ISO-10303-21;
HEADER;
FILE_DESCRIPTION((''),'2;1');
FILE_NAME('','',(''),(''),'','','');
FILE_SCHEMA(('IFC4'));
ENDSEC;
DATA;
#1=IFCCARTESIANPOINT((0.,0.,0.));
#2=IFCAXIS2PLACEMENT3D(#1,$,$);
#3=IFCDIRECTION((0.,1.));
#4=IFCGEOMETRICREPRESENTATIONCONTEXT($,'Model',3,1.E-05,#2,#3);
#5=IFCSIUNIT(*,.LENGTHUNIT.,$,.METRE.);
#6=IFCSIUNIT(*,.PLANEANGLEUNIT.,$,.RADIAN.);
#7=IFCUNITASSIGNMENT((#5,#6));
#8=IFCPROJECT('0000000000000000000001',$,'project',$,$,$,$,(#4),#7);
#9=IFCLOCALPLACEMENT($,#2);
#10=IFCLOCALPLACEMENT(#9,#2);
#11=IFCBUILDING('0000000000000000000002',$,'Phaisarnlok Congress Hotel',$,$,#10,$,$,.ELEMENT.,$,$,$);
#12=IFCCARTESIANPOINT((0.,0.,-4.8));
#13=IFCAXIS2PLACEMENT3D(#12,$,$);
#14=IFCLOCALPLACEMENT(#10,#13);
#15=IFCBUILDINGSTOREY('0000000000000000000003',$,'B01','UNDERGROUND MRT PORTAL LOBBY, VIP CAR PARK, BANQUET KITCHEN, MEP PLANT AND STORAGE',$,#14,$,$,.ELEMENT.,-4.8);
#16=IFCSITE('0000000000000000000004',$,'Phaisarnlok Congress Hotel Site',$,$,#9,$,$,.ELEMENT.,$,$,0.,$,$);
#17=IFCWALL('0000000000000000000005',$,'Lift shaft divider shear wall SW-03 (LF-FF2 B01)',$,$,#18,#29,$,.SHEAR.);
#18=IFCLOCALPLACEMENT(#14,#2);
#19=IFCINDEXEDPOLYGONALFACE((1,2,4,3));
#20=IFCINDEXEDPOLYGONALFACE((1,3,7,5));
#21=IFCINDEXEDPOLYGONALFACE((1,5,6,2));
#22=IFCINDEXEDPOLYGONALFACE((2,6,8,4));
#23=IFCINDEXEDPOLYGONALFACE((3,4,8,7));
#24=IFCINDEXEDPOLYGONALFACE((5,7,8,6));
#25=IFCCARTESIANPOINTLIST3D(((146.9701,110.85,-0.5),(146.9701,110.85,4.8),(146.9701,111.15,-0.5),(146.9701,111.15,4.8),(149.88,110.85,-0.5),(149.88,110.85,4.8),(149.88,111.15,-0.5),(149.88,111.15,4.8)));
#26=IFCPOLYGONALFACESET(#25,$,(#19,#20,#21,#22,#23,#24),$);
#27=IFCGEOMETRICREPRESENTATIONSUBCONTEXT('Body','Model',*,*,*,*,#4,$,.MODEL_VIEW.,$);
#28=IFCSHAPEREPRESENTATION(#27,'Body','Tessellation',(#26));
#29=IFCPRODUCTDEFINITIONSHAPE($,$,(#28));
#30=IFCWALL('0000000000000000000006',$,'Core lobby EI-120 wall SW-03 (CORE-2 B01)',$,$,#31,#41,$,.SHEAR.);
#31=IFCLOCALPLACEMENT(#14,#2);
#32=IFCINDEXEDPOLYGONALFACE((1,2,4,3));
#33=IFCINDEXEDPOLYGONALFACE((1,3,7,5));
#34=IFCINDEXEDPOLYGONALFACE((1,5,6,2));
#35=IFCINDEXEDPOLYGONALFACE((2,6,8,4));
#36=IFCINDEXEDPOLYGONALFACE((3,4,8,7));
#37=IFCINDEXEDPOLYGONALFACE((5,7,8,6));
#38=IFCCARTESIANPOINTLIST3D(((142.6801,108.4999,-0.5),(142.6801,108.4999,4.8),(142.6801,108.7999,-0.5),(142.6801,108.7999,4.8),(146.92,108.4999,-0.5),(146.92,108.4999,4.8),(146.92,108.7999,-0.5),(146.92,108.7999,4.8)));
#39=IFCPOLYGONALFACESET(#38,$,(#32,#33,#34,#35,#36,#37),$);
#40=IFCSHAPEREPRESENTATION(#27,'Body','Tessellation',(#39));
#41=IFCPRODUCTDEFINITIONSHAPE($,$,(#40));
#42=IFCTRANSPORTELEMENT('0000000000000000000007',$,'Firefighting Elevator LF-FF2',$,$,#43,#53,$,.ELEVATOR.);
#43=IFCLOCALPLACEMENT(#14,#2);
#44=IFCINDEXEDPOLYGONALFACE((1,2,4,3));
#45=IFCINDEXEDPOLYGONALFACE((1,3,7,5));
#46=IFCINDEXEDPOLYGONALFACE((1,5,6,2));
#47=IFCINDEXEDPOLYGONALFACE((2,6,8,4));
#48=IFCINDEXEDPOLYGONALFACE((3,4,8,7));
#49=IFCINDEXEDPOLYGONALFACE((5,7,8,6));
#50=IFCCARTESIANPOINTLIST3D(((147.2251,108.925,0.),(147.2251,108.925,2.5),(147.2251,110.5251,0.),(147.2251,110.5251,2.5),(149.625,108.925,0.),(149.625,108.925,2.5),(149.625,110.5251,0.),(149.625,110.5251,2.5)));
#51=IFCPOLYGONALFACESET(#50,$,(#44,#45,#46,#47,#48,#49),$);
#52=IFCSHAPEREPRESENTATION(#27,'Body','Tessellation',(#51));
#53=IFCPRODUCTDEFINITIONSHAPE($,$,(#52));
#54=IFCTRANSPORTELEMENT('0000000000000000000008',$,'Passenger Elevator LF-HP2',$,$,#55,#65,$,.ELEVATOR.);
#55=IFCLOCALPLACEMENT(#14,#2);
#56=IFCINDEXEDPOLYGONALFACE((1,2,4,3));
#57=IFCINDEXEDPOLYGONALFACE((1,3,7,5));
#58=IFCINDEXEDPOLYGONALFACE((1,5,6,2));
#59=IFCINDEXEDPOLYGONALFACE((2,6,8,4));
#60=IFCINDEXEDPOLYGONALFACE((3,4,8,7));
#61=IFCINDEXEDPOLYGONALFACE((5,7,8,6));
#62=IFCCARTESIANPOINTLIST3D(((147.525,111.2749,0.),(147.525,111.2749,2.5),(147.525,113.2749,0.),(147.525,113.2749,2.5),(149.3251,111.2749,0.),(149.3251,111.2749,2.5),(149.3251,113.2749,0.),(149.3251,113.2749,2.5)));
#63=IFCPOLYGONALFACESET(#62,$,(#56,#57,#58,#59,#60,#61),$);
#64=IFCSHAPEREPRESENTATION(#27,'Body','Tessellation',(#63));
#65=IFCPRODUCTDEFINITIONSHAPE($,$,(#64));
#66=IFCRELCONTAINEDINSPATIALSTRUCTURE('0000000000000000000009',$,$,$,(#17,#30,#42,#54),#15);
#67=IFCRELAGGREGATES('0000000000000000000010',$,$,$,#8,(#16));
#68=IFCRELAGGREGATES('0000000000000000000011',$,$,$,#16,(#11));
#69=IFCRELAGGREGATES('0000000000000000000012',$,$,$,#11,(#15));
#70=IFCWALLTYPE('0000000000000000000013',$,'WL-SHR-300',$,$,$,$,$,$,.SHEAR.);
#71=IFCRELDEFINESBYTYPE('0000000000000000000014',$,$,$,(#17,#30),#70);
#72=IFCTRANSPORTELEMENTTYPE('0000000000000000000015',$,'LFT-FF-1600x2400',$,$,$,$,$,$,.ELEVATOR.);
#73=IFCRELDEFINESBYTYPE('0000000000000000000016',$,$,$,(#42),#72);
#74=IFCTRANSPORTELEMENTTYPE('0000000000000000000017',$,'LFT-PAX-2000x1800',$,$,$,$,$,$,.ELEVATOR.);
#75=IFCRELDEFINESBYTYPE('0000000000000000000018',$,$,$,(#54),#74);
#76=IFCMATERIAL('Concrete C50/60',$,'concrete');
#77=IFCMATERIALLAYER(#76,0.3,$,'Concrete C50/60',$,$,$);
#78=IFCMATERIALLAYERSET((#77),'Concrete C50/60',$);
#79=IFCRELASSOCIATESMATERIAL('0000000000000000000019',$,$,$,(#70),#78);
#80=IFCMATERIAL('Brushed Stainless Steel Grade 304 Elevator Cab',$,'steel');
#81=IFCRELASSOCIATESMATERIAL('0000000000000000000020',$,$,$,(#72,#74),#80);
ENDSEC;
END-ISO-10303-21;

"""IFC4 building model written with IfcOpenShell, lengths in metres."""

from ifc_helpers import new_model, si_unit, direction, frame, frame_2d, origin, origin_2d, place, context, subcontext, project, spatial, rectangle, extrude, material, layer, layer_set, type_object, element, save


model = new_model("IFC4")

# Units and contexts
model_context = context("Model", 3, precision=1e-05, world=origin(), true_north=direction((0.0, 1.0)))
body_context = subcontext(model_context, "Body", "Model", "MODEL_VIEW")
ifc_project = project(units=[si_unit("LENGTHUNIT", "METRE"), si_unit("PLANEANGLEUNIT", "RADIAN")], contexts=[model_context])

# Site, building, storey
site_placement = place(None, origin())
site = spatial("IfcSite", under=ifc_project, at=site_placement, Name="Phaisarnlok Congress Hotel Site", CompositionType="ELEMENT", RefElevation=0.0)
building_placement = place(site_placement, origin())
building = spatial("IfcBuilding", under=site, at=building_placement, Name="Phaisarnlok Congress Hotel", CompositionType="ELEMENT")
storey_placement = place(building_placement, frame((0.0, 0.0, -4.8)))
storey = spatial("IfcBuildingStorey", under=building, at=storey_placement, Name="B01", Description="UNDERGROUND MRT PORTAL LOBBY, VIP CAR PARK, BANQUET KITCHEN, MEP PLANT AND STORAGE", CompositionType="ELEMENT", Elevation=-4.8)

# Shared definitions
ifc_material_1 = material(Name="Concrete C50/60", Category="concrete")

# Walls
ifc_layer_1 = layer(ifc_material_1, 0.3, Name="Concrete C50/60")
ifc_layer_set_1 = layer_set([ifc_layer_1], Name="Concrete C50/60")
wall_type_1 = type_object("IfcWallType", Name="WL-SHR-300", PredefinedType="SHEAR", material=ifc_layer_set_1)
wall_1_placement = place(storey_placement, frame((146.97, 111.0, -0.5), z_axis=(0.0, 0.0, 1.0), x_axis=(1.0, 0.0, 0.0)))
element("IfcWall", 1, at=wall_1_placement, inside=storey, type_object=wall_type_1, Name="Lift shaft divider shear wall SW-03 (LF-FF2 B01)", PredefinedType="SHEAR", context=body_context, shape_type="SweptSolid", body=[
    extrude(rectangle(XDim=2.9099, YDim=0.3, at=frame_2d((1.4551, 0.0))), origin(), (0.0, 0.0, 1.0), 5.3),
])
wall_2_placement = place(storey_placement, frame((142.6799, 108.6499, -0.5), z_axis=(0.0, 0.0, 1.0), x_axis=(1.0, 0.0, 0.0)))
element("IfcWall", 2, at=wall_2_placement, inside=storey, type_object=wall_type_1, Name="Core lobby EI-120 wall SW-03 (CORE-2 B01)", PredefinedType="SHEAR", context=body_context, shape_type="SweptSolid", body=[
    extrude(rectangle(XDim=4.24, YDim=0.3, at=frame_2d((2.1201, 0.0))), origin(), (0.0, 0.0, 1.0), 5.3),
])

# Transport elements
ifc_material_2 = material(Name="Brushed Stainless Steel Grade 304 Elevator Cab", Category="steel")
transport_element_type_1 = type_object("IfcTransportElementType", Name="LFT-FF-1600x2400", PredefinedType="ELEVATOR", material=ifc_material_2)
transport_element_1_placement = place(storey_placement, frame((148.425, 109.7251, 0.0), z_axis=(0.0, 0.0, 1.0), x_axis=(1.0, 0.0, 0.0)))
element("IfcTransportElement", 3, at=transport_element_1_placement, inside=storey, type_object=transport_element_type_1, Name="Firefighting Elevator LF-FF2", PredefinedType="ELEVATOR", context=body_context, shape_type="SweptSolid", body=[
    extrude(rectangle(XDim=2.3999, YDim=1.6001, at=origin_2d()), origin(), (0.0, 0.0, 1.0), 2.5),
])
transport_element_type_2 = type_object("IfcTransportElementType", Name="LFT-PAX-2000x1800", PredefinedType="ELEVATOR", material=ifc_material_2)
transport_element_2_placement = place(storey_placement, frame((148.425, 112.2749, 0.0), z_axis=(0.0, 0.0, 1.0), x_axis=(1.0, 0.0, 0.0)))
element("IfcTransportElement", 4, at=transport_element_2_placement, inside=storey, type_object=transport_element_type_2, Name="Passenger Elevator LF-HP2", PredefinedType="ELEVATOR", context=body_context, shape_type="SweptSolid", body=[
    extrude(rectangle(XDim=1.8, YDim=2.0, at=origin_2d()), origin(), (0.0, 0.0, 1.0), 2.5),
])

save(model, "model.ifc")
